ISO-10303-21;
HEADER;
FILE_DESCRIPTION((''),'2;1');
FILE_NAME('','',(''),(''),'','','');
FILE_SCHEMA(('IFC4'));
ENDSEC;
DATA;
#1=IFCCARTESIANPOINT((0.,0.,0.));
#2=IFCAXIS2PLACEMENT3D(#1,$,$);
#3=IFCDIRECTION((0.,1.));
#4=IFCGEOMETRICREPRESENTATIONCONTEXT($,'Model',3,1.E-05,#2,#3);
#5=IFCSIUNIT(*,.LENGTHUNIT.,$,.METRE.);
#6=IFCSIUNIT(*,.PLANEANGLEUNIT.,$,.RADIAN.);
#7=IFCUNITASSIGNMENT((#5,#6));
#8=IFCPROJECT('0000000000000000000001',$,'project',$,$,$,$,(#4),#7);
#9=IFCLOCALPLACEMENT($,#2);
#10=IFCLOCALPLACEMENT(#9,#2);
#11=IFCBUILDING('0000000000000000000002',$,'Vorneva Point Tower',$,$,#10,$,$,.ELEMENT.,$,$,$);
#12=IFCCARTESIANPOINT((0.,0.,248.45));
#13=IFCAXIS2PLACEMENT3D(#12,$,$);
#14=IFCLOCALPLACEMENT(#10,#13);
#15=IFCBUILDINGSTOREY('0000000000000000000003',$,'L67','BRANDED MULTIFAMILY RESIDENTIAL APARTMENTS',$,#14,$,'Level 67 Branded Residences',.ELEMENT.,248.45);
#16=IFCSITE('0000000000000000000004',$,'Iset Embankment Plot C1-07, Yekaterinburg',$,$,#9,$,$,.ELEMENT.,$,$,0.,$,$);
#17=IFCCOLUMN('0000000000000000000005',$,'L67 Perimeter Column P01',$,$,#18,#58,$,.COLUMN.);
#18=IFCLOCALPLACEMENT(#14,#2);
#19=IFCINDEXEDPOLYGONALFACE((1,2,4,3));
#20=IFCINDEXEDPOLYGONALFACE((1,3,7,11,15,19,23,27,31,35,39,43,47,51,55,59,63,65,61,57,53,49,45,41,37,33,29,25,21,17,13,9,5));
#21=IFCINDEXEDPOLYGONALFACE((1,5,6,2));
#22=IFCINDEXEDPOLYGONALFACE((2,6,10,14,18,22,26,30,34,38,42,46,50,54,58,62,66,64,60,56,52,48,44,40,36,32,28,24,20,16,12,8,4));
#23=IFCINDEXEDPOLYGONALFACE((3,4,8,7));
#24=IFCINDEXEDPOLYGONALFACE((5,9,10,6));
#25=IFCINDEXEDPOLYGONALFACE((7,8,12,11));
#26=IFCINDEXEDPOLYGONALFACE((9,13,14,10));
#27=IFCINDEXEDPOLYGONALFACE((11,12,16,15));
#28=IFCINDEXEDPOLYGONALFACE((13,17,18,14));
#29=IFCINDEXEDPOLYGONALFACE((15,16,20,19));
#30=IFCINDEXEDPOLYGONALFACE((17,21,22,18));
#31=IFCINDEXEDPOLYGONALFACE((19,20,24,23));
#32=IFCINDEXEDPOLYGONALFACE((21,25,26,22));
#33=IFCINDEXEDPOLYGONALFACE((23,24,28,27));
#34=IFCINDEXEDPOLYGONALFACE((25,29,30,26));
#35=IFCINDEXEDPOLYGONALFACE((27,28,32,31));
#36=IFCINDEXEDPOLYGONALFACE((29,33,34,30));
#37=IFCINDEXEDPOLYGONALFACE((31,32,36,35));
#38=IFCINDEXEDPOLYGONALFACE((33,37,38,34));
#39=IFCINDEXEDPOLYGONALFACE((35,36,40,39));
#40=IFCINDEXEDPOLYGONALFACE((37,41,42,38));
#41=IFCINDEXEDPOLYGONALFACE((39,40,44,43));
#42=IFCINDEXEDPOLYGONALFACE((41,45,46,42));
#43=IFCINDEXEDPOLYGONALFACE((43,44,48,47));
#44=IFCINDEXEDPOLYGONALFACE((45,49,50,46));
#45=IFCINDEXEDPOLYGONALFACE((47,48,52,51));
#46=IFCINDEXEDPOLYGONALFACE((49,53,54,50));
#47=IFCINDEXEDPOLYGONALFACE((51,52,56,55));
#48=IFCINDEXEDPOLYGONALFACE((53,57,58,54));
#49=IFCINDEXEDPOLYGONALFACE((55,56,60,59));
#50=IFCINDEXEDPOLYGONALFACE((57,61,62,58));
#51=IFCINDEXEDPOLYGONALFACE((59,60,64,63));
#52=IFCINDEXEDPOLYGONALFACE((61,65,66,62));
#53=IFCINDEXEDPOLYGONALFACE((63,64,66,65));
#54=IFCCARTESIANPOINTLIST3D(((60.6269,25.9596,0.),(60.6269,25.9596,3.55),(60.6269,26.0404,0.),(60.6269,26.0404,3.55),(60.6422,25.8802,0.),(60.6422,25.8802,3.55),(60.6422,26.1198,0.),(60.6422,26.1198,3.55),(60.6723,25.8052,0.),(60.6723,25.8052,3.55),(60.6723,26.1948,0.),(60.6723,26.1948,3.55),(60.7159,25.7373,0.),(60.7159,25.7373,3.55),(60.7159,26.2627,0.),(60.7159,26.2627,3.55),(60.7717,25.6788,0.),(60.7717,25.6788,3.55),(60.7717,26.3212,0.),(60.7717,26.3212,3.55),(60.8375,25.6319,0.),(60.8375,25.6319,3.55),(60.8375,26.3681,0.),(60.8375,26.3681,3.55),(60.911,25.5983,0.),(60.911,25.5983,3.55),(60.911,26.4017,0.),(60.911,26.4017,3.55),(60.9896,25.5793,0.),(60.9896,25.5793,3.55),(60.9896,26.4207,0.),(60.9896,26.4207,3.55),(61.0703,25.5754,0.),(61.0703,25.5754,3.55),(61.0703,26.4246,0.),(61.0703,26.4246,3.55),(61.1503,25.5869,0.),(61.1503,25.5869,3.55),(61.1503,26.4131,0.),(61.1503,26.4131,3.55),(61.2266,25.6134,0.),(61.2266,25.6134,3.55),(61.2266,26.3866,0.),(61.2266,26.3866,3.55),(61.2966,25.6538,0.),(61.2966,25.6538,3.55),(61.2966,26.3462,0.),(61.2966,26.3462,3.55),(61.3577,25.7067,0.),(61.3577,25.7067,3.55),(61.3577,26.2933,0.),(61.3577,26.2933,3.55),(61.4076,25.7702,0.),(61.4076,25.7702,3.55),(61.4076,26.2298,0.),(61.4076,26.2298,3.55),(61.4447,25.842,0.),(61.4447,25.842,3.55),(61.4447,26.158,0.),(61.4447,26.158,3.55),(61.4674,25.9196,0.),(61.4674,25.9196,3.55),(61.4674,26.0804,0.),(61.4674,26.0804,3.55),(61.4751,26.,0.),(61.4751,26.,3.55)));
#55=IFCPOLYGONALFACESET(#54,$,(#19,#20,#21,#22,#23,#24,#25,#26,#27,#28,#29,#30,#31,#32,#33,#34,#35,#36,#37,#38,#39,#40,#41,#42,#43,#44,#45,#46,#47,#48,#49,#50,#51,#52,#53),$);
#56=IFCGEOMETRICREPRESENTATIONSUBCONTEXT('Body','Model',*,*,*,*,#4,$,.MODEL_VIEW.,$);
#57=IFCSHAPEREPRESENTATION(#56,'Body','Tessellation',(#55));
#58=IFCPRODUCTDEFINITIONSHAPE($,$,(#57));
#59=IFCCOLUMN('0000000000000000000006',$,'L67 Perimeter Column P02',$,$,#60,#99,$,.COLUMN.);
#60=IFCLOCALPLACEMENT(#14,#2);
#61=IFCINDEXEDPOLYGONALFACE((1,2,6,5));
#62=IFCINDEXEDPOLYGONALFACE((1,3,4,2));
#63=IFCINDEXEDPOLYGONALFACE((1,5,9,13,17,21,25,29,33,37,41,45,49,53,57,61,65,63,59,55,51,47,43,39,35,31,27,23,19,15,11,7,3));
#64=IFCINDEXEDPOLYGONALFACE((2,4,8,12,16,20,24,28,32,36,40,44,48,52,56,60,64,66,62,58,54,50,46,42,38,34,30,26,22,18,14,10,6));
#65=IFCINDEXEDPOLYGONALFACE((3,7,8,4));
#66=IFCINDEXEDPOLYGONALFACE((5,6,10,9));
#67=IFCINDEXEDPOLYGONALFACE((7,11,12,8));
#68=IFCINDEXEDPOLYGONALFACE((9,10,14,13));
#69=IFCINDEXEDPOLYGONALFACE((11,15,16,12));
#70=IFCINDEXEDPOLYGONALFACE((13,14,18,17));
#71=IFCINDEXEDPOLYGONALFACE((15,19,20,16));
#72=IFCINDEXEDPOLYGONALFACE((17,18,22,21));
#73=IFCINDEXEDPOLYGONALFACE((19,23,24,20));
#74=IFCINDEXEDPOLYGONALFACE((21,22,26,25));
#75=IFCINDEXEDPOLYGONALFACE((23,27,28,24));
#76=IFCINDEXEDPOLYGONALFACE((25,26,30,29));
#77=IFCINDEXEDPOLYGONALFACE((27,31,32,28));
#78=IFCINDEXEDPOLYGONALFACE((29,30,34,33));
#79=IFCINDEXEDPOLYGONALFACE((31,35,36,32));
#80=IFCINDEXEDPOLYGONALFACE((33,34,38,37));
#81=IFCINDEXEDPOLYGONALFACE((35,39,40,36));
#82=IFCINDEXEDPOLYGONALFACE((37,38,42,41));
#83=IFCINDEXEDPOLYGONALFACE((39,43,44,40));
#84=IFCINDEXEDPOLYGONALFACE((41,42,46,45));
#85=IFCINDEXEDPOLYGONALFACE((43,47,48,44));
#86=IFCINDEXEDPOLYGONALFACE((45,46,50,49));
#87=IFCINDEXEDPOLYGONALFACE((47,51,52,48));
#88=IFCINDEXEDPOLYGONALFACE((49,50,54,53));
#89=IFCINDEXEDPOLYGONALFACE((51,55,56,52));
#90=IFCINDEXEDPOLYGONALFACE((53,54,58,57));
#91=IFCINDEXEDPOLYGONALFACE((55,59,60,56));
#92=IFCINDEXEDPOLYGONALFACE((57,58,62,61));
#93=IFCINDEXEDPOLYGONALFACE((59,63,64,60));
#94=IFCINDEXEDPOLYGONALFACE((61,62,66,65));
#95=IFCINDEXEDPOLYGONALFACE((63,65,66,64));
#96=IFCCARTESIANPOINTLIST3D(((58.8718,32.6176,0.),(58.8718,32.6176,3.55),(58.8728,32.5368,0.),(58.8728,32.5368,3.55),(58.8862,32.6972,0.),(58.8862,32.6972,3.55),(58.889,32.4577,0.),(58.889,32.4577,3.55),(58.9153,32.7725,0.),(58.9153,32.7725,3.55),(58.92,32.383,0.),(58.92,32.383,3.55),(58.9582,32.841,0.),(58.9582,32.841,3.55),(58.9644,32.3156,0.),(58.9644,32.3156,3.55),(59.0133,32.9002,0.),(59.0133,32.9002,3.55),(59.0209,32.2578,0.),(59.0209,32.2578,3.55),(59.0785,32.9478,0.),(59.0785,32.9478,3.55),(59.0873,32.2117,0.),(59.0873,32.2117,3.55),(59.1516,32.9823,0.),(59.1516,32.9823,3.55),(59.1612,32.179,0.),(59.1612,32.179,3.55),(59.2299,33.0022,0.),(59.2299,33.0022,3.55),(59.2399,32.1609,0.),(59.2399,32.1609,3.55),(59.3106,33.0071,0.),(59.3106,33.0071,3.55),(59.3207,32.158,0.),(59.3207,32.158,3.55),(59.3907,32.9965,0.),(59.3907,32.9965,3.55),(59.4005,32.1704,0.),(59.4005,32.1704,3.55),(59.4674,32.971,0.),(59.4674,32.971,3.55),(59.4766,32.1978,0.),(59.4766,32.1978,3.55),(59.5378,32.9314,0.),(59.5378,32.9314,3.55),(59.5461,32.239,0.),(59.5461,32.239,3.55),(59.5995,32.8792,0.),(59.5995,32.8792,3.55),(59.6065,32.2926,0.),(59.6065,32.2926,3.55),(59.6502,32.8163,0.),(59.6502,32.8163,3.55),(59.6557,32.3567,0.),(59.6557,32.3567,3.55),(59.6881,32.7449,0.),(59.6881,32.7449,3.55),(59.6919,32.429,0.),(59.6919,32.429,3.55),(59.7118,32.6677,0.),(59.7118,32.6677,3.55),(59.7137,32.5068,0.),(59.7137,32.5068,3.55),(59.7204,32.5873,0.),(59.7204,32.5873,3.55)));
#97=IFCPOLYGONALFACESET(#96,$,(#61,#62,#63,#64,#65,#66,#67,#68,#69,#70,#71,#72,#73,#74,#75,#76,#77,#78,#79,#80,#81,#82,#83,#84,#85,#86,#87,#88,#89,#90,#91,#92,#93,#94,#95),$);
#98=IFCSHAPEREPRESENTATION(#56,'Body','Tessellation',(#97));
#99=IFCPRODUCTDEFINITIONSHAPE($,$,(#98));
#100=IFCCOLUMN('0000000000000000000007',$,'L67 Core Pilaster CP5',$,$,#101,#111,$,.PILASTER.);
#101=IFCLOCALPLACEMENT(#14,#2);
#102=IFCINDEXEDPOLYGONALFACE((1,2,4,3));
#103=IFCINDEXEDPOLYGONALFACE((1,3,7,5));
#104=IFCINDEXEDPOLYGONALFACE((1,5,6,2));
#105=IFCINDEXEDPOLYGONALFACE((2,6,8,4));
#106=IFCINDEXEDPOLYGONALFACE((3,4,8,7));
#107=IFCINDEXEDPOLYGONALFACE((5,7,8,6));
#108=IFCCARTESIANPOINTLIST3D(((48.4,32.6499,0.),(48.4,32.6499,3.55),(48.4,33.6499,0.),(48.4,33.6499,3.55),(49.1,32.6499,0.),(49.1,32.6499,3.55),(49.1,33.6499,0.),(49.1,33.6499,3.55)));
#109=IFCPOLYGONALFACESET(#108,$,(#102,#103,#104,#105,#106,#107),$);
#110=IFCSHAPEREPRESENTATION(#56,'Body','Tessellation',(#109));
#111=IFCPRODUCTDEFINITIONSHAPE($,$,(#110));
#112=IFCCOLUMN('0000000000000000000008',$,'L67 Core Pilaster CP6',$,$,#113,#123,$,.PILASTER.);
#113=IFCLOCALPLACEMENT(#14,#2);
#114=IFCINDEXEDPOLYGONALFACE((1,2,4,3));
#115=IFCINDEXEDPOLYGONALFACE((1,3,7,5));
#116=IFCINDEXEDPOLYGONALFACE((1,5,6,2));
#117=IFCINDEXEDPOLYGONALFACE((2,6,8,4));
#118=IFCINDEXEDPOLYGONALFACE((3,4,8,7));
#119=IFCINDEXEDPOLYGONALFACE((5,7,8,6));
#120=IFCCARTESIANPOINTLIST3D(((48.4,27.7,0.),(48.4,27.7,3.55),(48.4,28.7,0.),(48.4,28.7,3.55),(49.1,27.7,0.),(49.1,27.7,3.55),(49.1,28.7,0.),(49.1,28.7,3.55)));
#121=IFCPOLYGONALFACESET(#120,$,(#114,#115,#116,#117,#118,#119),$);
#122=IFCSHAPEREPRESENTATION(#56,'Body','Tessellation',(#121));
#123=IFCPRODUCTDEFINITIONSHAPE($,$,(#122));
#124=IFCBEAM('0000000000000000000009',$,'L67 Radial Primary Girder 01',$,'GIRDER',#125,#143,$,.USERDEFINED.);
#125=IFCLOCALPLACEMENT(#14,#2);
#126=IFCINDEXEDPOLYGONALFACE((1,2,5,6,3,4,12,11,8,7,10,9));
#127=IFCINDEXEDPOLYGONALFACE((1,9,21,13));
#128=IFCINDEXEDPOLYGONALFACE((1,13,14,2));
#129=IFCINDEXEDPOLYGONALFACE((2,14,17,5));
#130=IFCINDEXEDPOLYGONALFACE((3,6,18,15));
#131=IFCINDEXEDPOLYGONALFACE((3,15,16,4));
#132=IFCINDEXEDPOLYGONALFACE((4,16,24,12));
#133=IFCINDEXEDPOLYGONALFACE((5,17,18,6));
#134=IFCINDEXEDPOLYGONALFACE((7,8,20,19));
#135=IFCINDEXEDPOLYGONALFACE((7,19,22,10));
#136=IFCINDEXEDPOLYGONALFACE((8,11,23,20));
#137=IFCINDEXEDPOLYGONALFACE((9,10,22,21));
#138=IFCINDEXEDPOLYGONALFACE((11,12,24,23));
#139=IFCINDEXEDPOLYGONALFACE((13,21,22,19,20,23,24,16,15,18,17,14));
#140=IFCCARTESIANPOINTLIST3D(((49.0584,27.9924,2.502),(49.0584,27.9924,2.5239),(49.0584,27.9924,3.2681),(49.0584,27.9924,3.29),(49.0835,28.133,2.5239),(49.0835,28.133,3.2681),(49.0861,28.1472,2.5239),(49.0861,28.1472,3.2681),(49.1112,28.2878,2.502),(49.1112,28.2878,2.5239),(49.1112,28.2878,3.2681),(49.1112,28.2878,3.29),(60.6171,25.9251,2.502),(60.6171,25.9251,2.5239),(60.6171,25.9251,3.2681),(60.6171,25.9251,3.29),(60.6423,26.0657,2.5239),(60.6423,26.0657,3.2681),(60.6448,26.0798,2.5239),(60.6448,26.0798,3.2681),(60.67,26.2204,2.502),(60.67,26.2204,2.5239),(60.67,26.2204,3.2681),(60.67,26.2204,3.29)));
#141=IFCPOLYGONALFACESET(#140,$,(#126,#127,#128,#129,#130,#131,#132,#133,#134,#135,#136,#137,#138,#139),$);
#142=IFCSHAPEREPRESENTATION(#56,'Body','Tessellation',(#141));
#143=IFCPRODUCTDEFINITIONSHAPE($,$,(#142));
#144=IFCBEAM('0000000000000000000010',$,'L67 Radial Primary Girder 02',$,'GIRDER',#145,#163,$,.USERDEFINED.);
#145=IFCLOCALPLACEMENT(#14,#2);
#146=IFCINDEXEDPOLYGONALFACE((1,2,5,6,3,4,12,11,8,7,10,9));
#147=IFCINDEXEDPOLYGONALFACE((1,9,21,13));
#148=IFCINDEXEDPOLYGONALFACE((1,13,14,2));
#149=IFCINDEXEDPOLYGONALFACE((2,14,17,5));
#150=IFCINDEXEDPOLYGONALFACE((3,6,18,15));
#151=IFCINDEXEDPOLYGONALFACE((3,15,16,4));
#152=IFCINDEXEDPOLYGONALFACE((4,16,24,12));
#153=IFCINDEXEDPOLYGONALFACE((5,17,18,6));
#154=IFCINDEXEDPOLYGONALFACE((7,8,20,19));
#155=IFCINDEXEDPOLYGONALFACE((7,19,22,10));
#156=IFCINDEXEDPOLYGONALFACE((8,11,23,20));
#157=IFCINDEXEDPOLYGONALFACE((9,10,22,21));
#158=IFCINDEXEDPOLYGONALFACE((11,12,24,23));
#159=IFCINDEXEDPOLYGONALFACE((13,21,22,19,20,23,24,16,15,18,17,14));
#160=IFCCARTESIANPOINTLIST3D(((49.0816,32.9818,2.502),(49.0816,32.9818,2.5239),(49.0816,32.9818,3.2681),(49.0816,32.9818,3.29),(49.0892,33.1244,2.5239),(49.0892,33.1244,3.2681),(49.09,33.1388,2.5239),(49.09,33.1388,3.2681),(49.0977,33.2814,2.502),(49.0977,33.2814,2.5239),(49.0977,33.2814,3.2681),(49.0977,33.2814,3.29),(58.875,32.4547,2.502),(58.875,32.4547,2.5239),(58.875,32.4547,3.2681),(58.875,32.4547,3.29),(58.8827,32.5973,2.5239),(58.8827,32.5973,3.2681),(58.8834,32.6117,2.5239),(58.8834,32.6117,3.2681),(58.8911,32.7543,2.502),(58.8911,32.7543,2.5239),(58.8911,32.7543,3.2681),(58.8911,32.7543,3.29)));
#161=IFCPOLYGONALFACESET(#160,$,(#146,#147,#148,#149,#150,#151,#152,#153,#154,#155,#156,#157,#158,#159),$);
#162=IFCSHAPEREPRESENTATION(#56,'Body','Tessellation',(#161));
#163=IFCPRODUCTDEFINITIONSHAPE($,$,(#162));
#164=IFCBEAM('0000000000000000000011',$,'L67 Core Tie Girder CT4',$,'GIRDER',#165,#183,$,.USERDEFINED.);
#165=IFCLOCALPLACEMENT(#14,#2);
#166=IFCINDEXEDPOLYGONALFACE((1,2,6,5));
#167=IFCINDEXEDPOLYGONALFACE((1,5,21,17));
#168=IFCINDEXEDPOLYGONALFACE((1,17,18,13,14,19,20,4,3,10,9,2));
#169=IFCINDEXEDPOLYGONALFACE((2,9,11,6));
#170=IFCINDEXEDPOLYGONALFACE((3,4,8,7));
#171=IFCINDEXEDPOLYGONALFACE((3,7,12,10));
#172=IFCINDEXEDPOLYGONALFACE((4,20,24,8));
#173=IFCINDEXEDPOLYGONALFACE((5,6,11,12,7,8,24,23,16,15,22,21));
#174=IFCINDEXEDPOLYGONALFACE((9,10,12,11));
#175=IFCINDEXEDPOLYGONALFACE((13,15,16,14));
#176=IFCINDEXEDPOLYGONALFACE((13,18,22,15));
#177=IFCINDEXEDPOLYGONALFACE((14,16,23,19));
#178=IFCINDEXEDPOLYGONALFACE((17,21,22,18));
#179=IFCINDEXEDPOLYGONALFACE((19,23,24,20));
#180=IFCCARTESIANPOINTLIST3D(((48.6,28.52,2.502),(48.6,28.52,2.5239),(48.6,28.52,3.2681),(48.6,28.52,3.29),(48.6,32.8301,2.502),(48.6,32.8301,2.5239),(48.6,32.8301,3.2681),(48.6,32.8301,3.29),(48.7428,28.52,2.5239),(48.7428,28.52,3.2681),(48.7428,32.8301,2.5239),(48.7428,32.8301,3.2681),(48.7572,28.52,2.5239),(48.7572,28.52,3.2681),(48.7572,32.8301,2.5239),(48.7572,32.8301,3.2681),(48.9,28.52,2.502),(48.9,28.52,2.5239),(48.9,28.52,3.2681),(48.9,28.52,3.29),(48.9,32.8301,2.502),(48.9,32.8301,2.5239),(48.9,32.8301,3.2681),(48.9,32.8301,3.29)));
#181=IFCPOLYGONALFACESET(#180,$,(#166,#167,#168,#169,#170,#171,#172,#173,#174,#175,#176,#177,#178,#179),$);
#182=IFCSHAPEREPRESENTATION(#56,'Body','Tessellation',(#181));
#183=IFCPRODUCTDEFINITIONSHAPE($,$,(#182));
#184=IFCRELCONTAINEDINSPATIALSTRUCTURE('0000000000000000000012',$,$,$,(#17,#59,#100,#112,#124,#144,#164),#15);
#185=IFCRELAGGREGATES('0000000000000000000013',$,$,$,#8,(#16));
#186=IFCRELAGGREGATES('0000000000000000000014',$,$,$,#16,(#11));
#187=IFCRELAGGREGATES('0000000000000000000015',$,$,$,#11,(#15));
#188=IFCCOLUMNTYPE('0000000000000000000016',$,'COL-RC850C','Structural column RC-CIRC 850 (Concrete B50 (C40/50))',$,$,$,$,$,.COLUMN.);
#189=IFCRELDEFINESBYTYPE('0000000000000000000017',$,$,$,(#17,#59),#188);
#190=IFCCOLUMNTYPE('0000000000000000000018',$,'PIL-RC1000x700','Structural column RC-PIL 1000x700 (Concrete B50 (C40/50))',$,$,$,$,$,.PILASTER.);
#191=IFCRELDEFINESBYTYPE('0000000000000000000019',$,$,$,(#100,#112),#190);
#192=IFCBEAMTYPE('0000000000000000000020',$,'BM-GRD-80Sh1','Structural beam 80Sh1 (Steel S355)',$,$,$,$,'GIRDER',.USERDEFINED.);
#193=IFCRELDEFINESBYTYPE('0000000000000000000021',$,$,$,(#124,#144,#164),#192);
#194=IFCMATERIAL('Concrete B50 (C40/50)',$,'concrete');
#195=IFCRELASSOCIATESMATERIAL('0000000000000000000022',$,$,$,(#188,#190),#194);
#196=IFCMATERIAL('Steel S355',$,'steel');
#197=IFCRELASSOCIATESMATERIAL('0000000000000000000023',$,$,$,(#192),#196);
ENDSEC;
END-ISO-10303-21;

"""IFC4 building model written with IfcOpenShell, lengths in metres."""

from ifc_helpers import new_model, si_unit, direction, frame, origin, origin_2d, place, context, subcontext, project, spatial, rectangle, circle, i_section, extrude, material, material_profile, profile_set, type_object, element, save


model = new_model("IFC4")

# Units and contexts
model_context = context("Model", 3, precision=1e-05, world=origin(), true_north=direction((0.0, 1.0)))
body_context = subcontext(model_context, "Body", "Model", "MODEL_VIEW")
ifc_project = project(units=[si_unit("LENGTHUNIT", "METRE"), si_unit("PLANEANGLEUNIT", "RADIAN")], contexts=[model_context])

# Site, building, storey
site_placement = place(None, origin())
site = spatial("IfcSite", under=ifc_project, at=site_placement, Name="Iset Embankment Plot C1-07, Yekaterinburg", CompositionType="ELEMENT", RefElevation=0.0)
building_placement = place(site_placement, origin())
building = spatial("IfcBuilding", under=site, at=building_placement, Name="Vorneva Point Tower", CompositionType="ELEMENT")
storey_placement = place(building_placement, frame((0.0, 0.0, 248.45)))
storey = spatial("IfcBuildingStorey", under=building, at=storey_placement, Name="L67", Description="BRANDED MULTIFAMILY RESIDENTIAL APARTMENTS", LongName="Level 67 Branded Residences", CompositionType="ELEMENT", Elevation=248.45)

# Columns
ifc_material_1 = material(Name="Concrete B50 (C40/50)", Category="concrete")
ifc_material_profile_1 = material_profile(ifc_material_1, circle(Radius=0.425, at=origin_2d()), Name="RC-CIRC 850")
ifc_profile_set_1 = profile_set([ifc_material_profile_1], Name="Concrete B50 (C40/50)")
column_type_1 = type_object("IfcColumnType", Name="COL-RC850C", Description="Structural column RC-CIRC 850 (Concrete B50 (C40/50))", PredefinedType="COLUMN", material=ifc_profile_set_1)
for number, where, z_axis, x_axis, name in (
    (1, (61.05, 26.0, 0.0), (0.0, 0.0, 1.0), (1.0, 0.0, 0.0), "L67 Perimeter Column P01"),
    (2, (59.2954, 32.5823, 0.0), (0.0, 0.0, 1.0), (0.92388, 0.382683, 0.0), "L67 Perimeter Column P02"),
):
    element("IfcColumn", number, at=place(storey_placement, frame(where, z_axis=z_axis, x_axis=x_axis)), inside=storey, type_object=column_type_1, Name=name, PredefinedType="COLUMN", context=body_context, shape_type="SweptSolid", body=[
        extrude(circle(Radius=0.425, at=origin_2d()), origin(), (0.0, 0.0, 1.0), 3.55),
    ])
ifc_material_profile_2 = material_profile(ifc_material_1, rectangle(XDim=0.7, YDim=1.0, at=origin_2d()), Name="RC-PIL 1000x700")
ifc_profile_set_2 = profile_set([ifc_material_profile_2], Name="Concrete B50 (C40/50)")
column_type_2 = type_object("IfcColumnType", Name="PIL-RC1000x700", Description="Structural column RC-PIL 1000x700 (Concrete B50 (C40/50))", PredefinedType="PILASTER", material=ifc_profile_set_2)
for number, where, z_axis, x_axis, name in (
    (3, (48.75, 33.1499, 0.0), (0.0, 0.0, 1.0), (1.0, 0.0, 0.0), "L67 Core Pilaster CP5"),
    (4, (48.75, 28.2, 0.0), (0.0, 0.0, 1.0), (1.0, 0.0, 0.0), "L67 Core Pilaster CP6"),
):
    element("IfcColumn", number, at=place(storey_placement, frame(where, z_axis=z_axis, x_axis=x_axis)), inside=storey, type_object=column_type_2, Name=name, PredefinedType="PILASTER", context=body_context, shape_type="SweptSolid", body=[
        extrude(rectangle(XDim=0.7, YDim=1.0, at=origin_2d()), origin(), (0.0, 0.0, 1.0), 3.55),
    ])

# Beams
ifc_material_2 = material(Name="Steel S355", Category="steel")
ifc_material_profile_3 = material_profile(ifc_material_2, i_section(OverallWidth=0.3, OverallDepth=0.7881, WebThickness=0.0144, FlangeThickness=0.022, at=origin_2d()), Name="80Sh1")
ifc_profile_set_3 = profile_set([ifc_material_profile_3], Name="Steel S355")
beam_type_1 = type_object("IfcBeamType", Name="BM-GRD-80Sh1", Description="Structural beam 80Sh1 (Steel S355)", ElementType="GIRDER", PredefinedType="USERDEFINED", material=ifc_profile_set_3)
beam_1_placement = place(storey_placement, frame((60.6436, 26.0728, 2.896), z_axis=(-0.984379, 0.176063, 0.0), x_axis=(-0.176063, -0.984379, 0.0)))
element("IfcBeam", 5, at=beam_1_placement, inside=storey, type_object=beam_type_1, Name="L67 Radial Primary Girder 01", ObjectType="GIRDER", PredefinedType="USERDEFINED", context=body_context, shape_type="SweptSolid", body=[
    extrude(i_section(OverallWidth=0.3, OverallDepth=0.7881, WebThickness=0.0144, FlangeThickness=0.022, at=origin_2d()), origin(), (0.0, 0.0, 1.0), 11.7422),
])
beam_2_placement = place(storey_placement, frame((58.8831, 32.6045, 2.896), z_axis=(-0.998555, 0.053744, 0.0), x_axis=(-0.053744, -0.998555, 0.0)))
element("IfcBeam", 6, at=beam_2_placement, inside=storey, type_object=beam_type_1, Name="L67 Radial Primary Girder 02", ObjectType="GIRDER", PredefinedType="USERDEFINED", context=body_context, shape_type="SweptSolid", body=[
    extrude(i_section(OverallWidth=0.3, OverallDepth=0.7881, WebThickness=0.0144, FlangeThickness=0.022, at=origin_2d()), origin(), (0.0, 0.0, 1.0), 9.8076),
])
beam_3_placement = place(storey_placement, frame((48.75, 28.52, 2.896), z_axis=(0.0, 1.0, 0.0), x_axis=(-1.0, 0.0, 0.0)))
element("IfcBeam", 7, at=beam_3_placement, inside=storey, type_object=beam_type_1, Name="L67 Core Tie Girder CT4", ObjectType="GIRDER", PredefinedType="USERDEFINED", context=body_context, shape_type="SweptSolid", body=[
    extrude(i_section(OverallWidth=0.3, OverallDepth=0.7881, WebThickness=0.0144, FlangeThickness=0.022, at=origin_2d()), origin(), (0.0, 0.0, 1.0), 4.3101),
])

save(model, "model.ifc")
